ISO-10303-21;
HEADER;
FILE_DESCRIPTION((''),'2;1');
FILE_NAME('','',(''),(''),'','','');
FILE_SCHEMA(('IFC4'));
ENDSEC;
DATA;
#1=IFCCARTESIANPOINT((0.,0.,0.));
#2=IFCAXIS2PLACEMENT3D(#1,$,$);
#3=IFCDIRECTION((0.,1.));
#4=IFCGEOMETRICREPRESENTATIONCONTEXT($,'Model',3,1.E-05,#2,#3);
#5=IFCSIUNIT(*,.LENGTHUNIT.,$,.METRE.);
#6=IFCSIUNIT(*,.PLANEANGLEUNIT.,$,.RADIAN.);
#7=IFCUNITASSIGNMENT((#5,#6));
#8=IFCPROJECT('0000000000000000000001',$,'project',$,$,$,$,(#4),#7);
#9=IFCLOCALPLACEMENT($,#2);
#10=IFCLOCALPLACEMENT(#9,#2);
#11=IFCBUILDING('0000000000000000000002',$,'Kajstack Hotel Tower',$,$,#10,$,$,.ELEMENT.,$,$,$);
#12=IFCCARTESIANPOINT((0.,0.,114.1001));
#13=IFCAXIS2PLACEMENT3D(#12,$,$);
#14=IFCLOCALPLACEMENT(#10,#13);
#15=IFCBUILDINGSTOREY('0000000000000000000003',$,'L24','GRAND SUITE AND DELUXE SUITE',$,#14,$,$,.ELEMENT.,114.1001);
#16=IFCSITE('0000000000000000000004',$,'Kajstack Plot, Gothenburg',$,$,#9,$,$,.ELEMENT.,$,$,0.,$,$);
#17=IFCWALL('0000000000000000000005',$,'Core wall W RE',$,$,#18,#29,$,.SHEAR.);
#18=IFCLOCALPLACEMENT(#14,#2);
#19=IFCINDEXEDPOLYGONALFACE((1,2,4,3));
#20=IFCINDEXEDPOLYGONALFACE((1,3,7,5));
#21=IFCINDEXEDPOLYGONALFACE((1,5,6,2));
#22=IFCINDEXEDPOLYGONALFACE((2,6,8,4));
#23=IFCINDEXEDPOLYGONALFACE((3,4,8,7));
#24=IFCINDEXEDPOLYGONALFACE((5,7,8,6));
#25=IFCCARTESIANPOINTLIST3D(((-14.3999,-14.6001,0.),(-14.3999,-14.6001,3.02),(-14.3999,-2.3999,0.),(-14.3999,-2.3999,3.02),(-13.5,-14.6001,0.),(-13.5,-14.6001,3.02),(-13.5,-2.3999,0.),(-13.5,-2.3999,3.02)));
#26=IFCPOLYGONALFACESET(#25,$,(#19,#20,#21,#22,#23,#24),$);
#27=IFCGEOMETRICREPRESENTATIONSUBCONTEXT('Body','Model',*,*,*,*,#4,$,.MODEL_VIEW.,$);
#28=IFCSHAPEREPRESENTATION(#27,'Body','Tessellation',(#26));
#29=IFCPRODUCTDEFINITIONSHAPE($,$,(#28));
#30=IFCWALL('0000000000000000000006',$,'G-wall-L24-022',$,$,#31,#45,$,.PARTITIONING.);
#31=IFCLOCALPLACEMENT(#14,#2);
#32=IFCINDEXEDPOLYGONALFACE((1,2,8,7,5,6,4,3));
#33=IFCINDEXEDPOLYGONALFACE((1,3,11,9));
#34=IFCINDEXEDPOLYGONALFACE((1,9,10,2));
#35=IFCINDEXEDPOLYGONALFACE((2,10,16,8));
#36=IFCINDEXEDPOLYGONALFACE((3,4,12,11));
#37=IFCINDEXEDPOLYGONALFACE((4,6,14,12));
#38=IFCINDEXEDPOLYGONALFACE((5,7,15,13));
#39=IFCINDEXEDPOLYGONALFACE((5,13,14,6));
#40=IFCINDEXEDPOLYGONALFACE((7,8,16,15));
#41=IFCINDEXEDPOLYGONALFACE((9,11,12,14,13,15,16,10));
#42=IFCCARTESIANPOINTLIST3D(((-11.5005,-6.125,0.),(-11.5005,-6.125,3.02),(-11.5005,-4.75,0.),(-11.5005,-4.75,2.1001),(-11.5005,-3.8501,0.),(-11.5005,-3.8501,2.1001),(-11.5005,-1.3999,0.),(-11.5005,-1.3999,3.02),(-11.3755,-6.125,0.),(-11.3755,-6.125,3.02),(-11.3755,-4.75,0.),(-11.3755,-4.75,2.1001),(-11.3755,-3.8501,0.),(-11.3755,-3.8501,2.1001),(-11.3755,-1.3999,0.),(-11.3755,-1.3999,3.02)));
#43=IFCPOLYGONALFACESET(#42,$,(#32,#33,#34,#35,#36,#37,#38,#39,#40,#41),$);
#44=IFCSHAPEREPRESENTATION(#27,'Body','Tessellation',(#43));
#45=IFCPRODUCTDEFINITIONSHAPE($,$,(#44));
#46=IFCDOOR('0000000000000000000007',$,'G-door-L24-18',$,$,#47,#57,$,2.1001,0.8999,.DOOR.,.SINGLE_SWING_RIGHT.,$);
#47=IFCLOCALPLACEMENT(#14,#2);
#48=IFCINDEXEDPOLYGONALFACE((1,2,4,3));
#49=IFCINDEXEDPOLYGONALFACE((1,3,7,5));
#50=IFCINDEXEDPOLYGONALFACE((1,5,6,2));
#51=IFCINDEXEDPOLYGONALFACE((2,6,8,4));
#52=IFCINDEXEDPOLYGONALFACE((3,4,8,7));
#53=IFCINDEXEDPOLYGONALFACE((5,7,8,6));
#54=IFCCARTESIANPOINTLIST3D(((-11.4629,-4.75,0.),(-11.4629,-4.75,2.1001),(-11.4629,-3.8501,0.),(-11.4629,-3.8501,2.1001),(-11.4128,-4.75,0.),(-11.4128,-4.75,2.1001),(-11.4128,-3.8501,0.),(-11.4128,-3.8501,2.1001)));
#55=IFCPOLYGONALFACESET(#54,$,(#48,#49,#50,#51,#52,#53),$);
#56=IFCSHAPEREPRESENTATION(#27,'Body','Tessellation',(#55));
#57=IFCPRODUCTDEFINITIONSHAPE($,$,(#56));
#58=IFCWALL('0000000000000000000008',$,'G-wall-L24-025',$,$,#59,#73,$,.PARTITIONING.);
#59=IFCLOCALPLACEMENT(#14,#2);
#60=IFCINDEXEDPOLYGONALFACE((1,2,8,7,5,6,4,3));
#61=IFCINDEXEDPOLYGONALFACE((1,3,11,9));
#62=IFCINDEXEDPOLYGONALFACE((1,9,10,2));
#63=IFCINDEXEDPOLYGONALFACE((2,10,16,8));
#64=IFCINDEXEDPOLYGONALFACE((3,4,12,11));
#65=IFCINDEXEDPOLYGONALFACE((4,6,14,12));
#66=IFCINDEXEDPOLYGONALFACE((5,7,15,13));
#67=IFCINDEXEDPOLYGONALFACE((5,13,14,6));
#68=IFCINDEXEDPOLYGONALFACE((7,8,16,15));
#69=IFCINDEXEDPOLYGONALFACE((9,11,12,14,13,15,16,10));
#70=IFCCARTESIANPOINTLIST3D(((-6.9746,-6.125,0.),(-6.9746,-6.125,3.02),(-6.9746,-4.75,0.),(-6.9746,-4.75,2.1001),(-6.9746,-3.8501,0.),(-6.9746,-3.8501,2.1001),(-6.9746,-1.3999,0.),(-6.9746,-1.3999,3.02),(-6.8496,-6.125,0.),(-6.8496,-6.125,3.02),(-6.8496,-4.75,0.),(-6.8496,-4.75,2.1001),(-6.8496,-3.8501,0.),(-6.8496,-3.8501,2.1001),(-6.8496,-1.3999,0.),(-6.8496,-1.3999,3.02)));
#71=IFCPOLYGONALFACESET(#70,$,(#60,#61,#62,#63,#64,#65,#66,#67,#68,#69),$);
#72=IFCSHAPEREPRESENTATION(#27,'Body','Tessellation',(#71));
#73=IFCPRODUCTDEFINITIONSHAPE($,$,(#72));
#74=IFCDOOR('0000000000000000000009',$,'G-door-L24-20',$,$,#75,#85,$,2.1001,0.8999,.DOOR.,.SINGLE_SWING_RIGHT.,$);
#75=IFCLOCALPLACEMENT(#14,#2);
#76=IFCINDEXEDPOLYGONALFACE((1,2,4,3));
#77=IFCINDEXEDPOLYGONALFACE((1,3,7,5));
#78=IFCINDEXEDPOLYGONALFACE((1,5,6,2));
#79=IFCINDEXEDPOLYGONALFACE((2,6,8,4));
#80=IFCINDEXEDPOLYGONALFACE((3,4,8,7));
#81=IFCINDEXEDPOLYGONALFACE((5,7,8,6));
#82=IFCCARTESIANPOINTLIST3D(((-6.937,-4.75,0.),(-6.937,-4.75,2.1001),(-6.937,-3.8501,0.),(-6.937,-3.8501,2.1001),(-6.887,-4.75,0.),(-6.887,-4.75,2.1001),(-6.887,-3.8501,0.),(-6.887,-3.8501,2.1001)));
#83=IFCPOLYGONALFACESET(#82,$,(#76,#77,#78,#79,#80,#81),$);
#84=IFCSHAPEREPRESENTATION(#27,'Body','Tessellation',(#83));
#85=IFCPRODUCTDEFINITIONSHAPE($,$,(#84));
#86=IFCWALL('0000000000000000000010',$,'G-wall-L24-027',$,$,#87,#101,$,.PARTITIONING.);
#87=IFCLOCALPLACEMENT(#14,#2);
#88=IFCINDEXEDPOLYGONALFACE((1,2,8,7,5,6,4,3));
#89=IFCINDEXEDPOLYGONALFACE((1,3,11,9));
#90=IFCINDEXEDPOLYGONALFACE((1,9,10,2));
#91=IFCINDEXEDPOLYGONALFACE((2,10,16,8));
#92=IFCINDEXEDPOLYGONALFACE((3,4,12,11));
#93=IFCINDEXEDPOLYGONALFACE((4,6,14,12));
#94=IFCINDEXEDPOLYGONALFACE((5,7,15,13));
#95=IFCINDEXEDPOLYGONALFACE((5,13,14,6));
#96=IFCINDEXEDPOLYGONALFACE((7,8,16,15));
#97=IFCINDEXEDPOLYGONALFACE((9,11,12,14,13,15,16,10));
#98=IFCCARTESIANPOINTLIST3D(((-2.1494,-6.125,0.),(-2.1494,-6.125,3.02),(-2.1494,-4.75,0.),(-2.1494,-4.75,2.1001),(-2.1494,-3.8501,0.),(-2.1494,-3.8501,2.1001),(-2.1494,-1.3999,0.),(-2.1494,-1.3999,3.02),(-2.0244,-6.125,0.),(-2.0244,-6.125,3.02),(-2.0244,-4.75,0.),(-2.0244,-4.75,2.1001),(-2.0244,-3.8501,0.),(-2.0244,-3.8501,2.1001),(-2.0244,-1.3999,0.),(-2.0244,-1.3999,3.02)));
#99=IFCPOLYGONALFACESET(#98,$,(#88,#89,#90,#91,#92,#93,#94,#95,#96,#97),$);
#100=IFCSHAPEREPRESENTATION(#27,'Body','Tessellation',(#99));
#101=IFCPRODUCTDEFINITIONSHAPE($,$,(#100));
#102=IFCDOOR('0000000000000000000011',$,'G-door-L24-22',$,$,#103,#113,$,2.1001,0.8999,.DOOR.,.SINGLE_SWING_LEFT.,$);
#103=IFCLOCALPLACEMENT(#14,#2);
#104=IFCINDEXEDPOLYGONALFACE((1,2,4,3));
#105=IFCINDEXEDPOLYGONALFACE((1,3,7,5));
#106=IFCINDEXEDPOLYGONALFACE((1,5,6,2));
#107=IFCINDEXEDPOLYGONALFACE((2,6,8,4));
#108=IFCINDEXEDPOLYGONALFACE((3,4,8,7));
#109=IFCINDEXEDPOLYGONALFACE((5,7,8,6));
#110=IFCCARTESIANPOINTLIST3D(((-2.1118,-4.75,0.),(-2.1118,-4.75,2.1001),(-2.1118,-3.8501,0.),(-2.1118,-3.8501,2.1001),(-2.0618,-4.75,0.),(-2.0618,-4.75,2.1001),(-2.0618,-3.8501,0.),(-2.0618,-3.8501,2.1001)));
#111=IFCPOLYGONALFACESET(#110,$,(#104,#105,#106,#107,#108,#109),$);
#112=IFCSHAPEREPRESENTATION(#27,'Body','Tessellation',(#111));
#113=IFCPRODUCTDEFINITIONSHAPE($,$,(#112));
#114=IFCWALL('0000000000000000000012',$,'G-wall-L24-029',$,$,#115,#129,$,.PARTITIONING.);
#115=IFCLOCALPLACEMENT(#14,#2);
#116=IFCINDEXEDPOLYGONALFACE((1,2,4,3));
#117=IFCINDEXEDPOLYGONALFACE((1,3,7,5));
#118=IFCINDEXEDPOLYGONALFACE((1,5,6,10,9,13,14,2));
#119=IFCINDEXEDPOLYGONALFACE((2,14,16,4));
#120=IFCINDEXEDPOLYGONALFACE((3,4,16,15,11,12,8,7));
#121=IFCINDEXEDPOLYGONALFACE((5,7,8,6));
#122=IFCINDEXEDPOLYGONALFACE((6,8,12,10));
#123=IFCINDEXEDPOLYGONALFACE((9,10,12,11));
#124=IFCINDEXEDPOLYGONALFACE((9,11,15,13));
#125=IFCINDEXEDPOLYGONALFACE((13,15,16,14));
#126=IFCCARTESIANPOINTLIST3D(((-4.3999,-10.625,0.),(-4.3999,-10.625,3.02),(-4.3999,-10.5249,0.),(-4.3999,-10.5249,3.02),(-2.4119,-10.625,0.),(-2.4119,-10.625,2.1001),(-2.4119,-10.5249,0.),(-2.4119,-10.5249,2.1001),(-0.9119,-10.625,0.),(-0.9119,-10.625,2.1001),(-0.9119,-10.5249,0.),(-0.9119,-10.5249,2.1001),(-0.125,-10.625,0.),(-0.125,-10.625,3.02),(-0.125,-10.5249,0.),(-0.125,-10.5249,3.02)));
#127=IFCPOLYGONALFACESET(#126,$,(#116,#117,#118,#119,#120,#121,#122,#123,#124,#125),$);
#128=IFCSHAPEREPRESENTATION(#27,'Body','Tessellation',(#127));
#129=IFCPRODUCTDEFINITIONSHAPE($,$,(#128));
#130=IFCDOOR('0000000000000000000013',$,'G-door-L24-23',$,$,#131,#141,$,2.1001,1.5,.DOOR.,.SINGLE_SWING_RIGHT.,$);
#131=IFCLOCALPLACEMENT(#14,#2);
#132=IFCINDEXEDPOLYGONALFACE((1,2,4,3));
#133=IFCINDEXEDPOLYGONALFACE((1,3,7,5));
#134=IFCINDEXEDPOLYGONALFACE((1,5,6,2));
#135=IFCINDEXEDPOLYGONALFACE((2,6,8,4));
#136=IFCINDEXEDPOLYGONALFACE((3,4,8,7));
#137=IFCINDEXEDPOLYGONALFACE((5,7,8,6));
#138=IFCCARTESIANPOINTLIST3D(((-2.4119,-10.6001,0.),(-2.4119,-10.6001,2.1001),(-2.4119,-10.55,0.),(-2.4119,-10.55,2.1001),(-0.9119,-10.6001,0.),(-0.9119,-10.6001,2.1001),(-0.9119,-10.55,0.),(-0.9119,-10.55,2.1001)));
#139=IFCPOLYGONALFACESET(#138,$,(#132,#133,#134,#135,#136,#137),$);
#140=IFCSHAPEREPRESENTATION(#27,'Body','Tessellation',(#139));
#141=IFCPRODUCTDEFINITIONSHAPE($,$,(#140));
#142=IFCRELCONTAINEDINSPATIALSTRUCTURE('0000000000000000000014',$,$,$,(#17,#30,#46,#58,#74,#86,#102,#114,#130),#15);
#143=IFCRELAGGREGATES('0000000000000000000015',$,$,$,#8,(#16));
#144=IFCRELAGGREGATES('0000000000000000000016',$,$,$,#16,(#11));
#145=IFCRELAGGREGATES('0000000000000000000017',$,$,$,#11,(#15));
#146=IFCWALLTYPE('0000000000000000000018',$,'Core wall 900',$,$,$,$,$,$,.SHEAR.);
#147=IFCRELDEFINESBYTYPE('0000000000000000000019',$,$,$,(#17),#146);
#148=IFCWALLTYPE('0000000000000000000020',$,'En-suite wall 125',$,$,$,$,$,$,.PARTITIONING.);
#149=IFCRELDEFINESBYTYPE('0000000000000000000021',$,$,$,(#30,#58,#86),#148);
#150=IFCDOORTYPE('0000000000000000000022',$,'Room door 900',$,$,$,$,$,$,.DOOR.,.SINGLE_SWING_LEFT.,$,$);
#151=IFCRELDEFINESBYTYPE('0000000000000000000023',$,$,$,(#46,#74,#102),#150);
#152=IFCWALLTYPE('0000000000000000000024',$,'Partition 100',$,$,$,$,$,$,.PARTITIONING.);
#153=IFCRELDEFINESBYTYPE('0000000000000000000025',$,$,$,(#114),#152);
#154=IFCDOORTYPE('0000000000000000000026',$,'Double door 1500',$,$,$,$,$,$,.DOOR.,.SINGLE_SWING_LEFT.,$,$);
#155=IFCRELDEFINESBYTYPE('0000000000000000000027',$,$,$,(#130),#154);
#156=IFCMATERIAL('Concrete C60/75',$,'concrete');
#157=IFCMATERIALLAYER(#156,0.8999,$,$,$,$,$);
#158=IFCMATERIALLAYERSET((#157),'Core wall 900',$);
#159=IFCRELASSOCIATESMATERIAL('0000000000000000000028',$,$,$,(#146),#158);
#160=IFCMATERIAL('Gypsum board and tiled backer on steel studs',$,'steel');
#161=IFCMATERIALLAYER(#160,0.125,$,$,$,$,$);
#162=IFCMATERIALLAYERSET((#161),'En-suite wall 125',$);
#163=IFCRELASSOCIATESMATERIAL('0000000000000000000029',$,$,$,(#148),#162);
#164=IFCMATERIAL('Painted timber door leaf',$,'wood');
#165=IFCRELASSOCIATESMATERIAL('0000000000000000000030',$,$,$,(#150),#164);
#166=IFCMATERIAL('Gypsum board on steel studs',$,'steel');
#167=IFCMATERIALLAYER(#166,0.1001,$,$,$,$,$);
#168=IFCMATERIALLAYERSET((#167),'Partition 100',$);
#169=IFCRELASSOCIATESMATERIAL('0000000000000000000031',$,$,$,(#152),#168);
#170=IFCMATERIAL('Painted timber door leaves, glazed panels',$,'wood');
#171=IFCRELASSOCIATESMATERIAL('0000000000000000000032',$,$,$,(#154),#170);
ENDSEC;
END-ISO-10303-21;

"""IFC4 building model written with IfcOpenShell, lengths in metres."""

from ifc_helpers import new_model, si_unit, direction, frame, frame_2d, origin, place, context, subcontext, project, spatial, rectangle, extrude, material, layer, layer_set, type_object, element, fill, save


model = new_model("IFC4")

# Units and contexts
model_context = context("Model", 3, precision=1e-05, world=origin(), true_north=direction((0.0, 1.0)))
body_context = subcontext(model_context, "Body", "Model", "MODEL_VIEW")
ifc_project = project(units=[si_unit("LENGTHUNIT", "METRE"), si_unit("PLANEANGLEUNIT", "RADIAN")], contexts=[model_context])

# Site, building, storey
site_placement = place(None, origin())
site = spatial("IfcSite", under=ifc_project, at=site_placement, Name="Kajstack Plot, Gothenburg", CompositionType="ELEMENT", RefElevation=0.0)
building_placement = place(site_placement, origin())
building = spatial("IfcBuilding", under=site, at=building_placement, Name="Kajstack Hotel Tower", CompositionType="ELEMENT")
storey_placement = place(building_placement, frame((0.0, 0.0, 114.1001)))
storey = spatial("IfcBuildingStorey", under=building, at=storey_placement, Name="L24", Description="GRAND SUITE AND DELUXE SUITE", CompositionType="ELEMENT", Elevation=114.1001)

# Wall
ifc_material_1 = material(Name="Concrete C60/75", Category="concrete")
ifc_layer_1 = layer(ifc_material_1, 0.8999)
ifc_layer_set_1 = layer_set([ifc_layer_1], Name="Core wall 900")
wall_type_1 = type_object("IfcWallType", Name="Core wall 900", PredefinedType="SHEAR", material=ifc_layer_set_1)
wall_1_placement = place(storey_placement, frame((-13.95, -14.6001, 0.0), z_axis=(0.0, 0.0, 1.0), x_axis=(0.0, 1.0, 0.0)))
element("IfcWall", 1, at=wall_1_placement, inside=storey, type_object=wall_type_1, Name="Core wall W RE", PredefinedType="SHEAR", context=body_context, shape_type="SweptSolid", body=[
    extrude(rectangle(XDim=12.2002, YDim=0.8999, at=frame_2d((6.1001, 0.0))), origin(), (0.0, 0.0, 1.0), 3.02),
])

# Walls, openings, doors
ifc_material_2 = material(Name="Gypsum board and tiled backer on steel studs", Category="steel")
ifc_layer_2 = layer(ifc_material_2, 0.125)
ifc_layer_set_2 = layer_set([ifc_layer_2], Name="En-suite wall 125")
wall_type_2 = type_object("IfcWallType", Name="En-suite wall 125", PredefinedType="PARTITIONING", material=ifc_layer_set_2)
wall_2_placement = place(storey_placement, frame((-11.438, -6.125, 0.0), z_axis=(0.0, 0.0, 1.0), x_axis=(0.0, 1.0, 0.0)))
wall_2 = element("IfcWall", 2, at=wall_2_placement, inside=storey, type_object=wall_type_2, Name="G-wall-L24-022", PredefinedType="PARTITIONING", context=body_context, shape_type="SweptSolid", body=[
    extrude(rectangle(XDim=4.7251, YDim=0.125, at=frame_2d((2.3625, 0.0))), origin(), (0.0, 0.0, 1.0), 3.02),
])
opening_1_placement = place(wall_2_placement, frame((1.375, 0.0, 0.0)))
opening_1 = element("IfcOpeningElement", 3, at=opening_1_placement, cuts=wall_2, PredefinedType="OPENING", context=body_context, shape_type="SweptSolid", body=[
    extrude(rectangle(XDim=0.8999, YDim=2.1001, at=frame_2d((0.45, 1.05))), frame((0.0, 0.0725, 0.0), z_axis=(0.0, -1.0, 0.0), x_axis=(1.0, 0.0, 0.0)), (0.0, 0.0, 1.0), 0.145),
])
ifc_material_3 = material(Name="Painted timber door leaf", Category="wood")
door_type_1 = type_object("IfcDoorType", Name="Room door 900", OperationType="SINGLE_SWING_LEFT", PredefinedType="DOOR", material=ifc_material_3)
door_1_placement = place(opening_1_placement, origin())
door_1 = element("IfcDoor", 4, at=door_1_placement, inside=storey, type_object=door_type_1, Name="G-door-L24-18", OperationType="SINGLE_SWING_RIGHT", OverallHeight=2.1001, OverallWidth=0.8999, PredefinedType="DOOR", context=body_context, shape_type="SweptSolid", body=[
    extrude(rectangle(XDim=0.8999, YDim=2.1001, at=frame_2d((0.45, 1.05))), frame((0.0, 0.0249, 0.0), z_axis=(0.0, -1.0, 0.0), x_axis=(1.0, 0.0, 0.0)), (0.0, 0.0, 1.0), 0.05),
])
fill(opening_1, door_1)
wall_3_placement = place(storey_placement, frame((-6.9121, -6.125, 0.0), z_axis=(0.0, 0.0, 1.0), x_axis=(0.0, 1.0, 0.0)))
wall_3 = element("IfcWall", 5, at=wall_3_placement, inside=storey, type_object=wall_type_2, Name="G-wall-L24-025", PredefinedType="PARTITIONING", context=body_context, shape_type="SweptSolid", body=[
    extrude(rectangle(XDim=4.7251, YDim=0.125, at=frame_2d((2.3625, 0.0))), origin(), (0.0, 0.0, 1.0), 3.02),
])
opening_2_placement = place(wall_3_placement, frame((1.375, 0.0, 0.0)))
opening_2 = element("IfcOpeningElement", 6, at=opening_2_placement, cuts=wall_3, PredefinedType="OPENING", context=body_context, shape_type="SweptSolid", body=[
    extrude(rectangle(XDim=0.8999, YDim=2.1001, at=frame_2d((0.45, 1.05))), frame((0.0, 0.0725, 0.0), z_axis=(0.0, -1.0, 0.0), x_axis=(1.0, 0.0, 0.0)), (0.0, 0.0, 1.0), 0.145),
])
door_2_placement = place(opening_2_placement, origin())
door_2 = element("IfcDoor", 7, at=door_2_placement, inside=storey, type_object=door_type_1, Name="G-door-L24-20", OperationType="SINGLE_SWING_RIGHT", OverallHeight=2.1001, OverallWidth=0.8999, PredefinedType="DOOR", context=body_context, shape_type="SweptSolid", body=[
    extrude(rectangle(XDim=0.8999, YDim=2.1001, at=frame_2d((0.45, 1.05))), frame((0.0, 0.0249, 0.0), z_axis=(0.0, -1.0, 0.0), x_axis=(1.0, 0.0, 0.0)), (0.0, 0.0, 1.0), 0.05),
])
fill(opening_2, door_2)
wall_4_placement = place(storey_placement, frame((-2.0869, -6.125, 0.0), z_axis=(0.0, 0.0, 1.0), x_axis=(0.0, 1.0, 0.0)))
wall_4 = element("IfcWall", 8, at=wall_4_placement, inside=storey, type_object=wall_type_2, Name="G-wall-L24-027", PredefinedType="PARTITIONING", context=body_context, shape_type="SweptSolid", body=[
    extrude(rectangle(XDim=4.7251, YDim=0.125, at=frame_2d((2.3625, 0.0))), origin(), (0.0, 0.0, 1.0), 3.02),
])
opening_3_placement = place(wall_4_placement, frame((1.375, 0.0, 0.0)))
opening_3 = element("IfcOpeningElement", 9, at=opening_3_placement, cuts=wall_4, PredefinedType="OPENING", context=body_context, shape_type="SweptSolid", body=[
    extrude(rectangle(XDim=0.8999, YDim=2.1001, at=frame_2d((0.45, 1.05))), frame((0.0, 0.0725, 0.0), z_axis=(0.0, -1.0, 0.0), x_axis=(1.0, 0.0, 0.0)), (0.0, 0.0, 1.0), 0.145),
])
door_3_placement = place(opening_3_placement, origin())
door_3 = element("IfcDoor", 10, at=door_3_placement, inside=storey, type_object=door_type_1, Name="G-door-L24-22", OperationType="SINGLE_SWING_LEFT", OverallHeight=2.1001, OverallWidth=0.8999, PredefinedType="DOOR", context=body_context, shape_type="SweptSolid", body=[
    extrude(rectangle(XDim=0.8999, YDim=2.1001, at=frame_2d((0.45, 1.05))), frame((0.0, 0.0249, 0.0), z_axis=(0.0, -1.0, 0.0), x_axis=(1.0, 0.0, 0.0)), (0.0, 0.0, 1.0), 0.05),
])
fill(opening_3, door_3)
ifc_material_4 = material(Name="Gypsum board on steel studs", Category="steel")
ifc_layer_3 = layer(ifc_material_4, 0.1001)
ifc_layer_set_3 = layer_set([ifc_layer_3], Name="Partition 100")
wall_type_3 = type_object("IfcWallType", Name="Partition 100", PredefinedType="PARTITIONING", material=ifc_layer_set_3)
wall_5_placement = place(storey_placement, frame((-4.3999, -10.575, 0.0), z_axis=(0.0, 0.0, 1.0), x_axis=(1.0, 0.0, 0.0)))
wall_5 = element("IfcWall", 11, at=wall_5_placement, inside=storey, type_object=wall_type_3, Name="G-wall-L24-029", PredefinedType="PARTITIONING", context=body_context, shape_type="SweptSolid", body=[
    extrude(rectangle(XDim=4.2749, YDim=0.1001, at=frame_2d((2.1375, 0.0))), origin(), (0.0, 0.0, 1.0), 3.02),
])
opening_4_placement = place(wall_5_placement, frame((1.988, 0.0, 0.0)))
opening_4 = element("IfcOpeningElement", 12, at=opening_4_placement, cuts=wall_5, PredefinedType="OPENING", context=body_context, shape_type="SweptSolid", body=[
    extrude(rectangle(XDim=1.5, YDim=2.1001, at=frame_2d((0.75, 1.05))), frame((0.0, 0.0601, 0.0), z_axis=(0.0, -1.0, 0.0), x_axis=(1.0, 0.0, 0.0)), (0.0, 0.0, 1.0), 0.1201),
])
ifc_material_5 = material(Name="Painted timber door leaves, glazed panels", Category="wood")
door_type_2 = type_object("IfcDoorType", Name="Double door 1500", OperationType="SINGLE_SWING_LEFT", PredefinedType="DOOR", material=ifc_material_5)
door_4_placement = place(opening_4_placement, origin())
door_4 = element("IfcDoor", 13, at=door_4_placement, inside=storey, type_object=door_type_2, Name="G-door-L24-23", OperationType="SINGLE_SWING_RIGHT", OverallHeight=2.1001, OverallWidth=1.5, PredefinedType="DOOR", context=body_context, shape_type="SweptSolid", body=[
    extrude(rectangle(XDim=1.5, YDim=2.1001, at=frame_2d((0.75, 1.05))), frame((0.0, 0.0249, 0.0), z_axis=(0.0, -1.0, 0.0), x_axis=(1.0, 0.0, 0.0)), (0.0, 0.0, 1.0), 0.05),
])
fill(opening_4, door_4)

save(model, "model.ifc")
